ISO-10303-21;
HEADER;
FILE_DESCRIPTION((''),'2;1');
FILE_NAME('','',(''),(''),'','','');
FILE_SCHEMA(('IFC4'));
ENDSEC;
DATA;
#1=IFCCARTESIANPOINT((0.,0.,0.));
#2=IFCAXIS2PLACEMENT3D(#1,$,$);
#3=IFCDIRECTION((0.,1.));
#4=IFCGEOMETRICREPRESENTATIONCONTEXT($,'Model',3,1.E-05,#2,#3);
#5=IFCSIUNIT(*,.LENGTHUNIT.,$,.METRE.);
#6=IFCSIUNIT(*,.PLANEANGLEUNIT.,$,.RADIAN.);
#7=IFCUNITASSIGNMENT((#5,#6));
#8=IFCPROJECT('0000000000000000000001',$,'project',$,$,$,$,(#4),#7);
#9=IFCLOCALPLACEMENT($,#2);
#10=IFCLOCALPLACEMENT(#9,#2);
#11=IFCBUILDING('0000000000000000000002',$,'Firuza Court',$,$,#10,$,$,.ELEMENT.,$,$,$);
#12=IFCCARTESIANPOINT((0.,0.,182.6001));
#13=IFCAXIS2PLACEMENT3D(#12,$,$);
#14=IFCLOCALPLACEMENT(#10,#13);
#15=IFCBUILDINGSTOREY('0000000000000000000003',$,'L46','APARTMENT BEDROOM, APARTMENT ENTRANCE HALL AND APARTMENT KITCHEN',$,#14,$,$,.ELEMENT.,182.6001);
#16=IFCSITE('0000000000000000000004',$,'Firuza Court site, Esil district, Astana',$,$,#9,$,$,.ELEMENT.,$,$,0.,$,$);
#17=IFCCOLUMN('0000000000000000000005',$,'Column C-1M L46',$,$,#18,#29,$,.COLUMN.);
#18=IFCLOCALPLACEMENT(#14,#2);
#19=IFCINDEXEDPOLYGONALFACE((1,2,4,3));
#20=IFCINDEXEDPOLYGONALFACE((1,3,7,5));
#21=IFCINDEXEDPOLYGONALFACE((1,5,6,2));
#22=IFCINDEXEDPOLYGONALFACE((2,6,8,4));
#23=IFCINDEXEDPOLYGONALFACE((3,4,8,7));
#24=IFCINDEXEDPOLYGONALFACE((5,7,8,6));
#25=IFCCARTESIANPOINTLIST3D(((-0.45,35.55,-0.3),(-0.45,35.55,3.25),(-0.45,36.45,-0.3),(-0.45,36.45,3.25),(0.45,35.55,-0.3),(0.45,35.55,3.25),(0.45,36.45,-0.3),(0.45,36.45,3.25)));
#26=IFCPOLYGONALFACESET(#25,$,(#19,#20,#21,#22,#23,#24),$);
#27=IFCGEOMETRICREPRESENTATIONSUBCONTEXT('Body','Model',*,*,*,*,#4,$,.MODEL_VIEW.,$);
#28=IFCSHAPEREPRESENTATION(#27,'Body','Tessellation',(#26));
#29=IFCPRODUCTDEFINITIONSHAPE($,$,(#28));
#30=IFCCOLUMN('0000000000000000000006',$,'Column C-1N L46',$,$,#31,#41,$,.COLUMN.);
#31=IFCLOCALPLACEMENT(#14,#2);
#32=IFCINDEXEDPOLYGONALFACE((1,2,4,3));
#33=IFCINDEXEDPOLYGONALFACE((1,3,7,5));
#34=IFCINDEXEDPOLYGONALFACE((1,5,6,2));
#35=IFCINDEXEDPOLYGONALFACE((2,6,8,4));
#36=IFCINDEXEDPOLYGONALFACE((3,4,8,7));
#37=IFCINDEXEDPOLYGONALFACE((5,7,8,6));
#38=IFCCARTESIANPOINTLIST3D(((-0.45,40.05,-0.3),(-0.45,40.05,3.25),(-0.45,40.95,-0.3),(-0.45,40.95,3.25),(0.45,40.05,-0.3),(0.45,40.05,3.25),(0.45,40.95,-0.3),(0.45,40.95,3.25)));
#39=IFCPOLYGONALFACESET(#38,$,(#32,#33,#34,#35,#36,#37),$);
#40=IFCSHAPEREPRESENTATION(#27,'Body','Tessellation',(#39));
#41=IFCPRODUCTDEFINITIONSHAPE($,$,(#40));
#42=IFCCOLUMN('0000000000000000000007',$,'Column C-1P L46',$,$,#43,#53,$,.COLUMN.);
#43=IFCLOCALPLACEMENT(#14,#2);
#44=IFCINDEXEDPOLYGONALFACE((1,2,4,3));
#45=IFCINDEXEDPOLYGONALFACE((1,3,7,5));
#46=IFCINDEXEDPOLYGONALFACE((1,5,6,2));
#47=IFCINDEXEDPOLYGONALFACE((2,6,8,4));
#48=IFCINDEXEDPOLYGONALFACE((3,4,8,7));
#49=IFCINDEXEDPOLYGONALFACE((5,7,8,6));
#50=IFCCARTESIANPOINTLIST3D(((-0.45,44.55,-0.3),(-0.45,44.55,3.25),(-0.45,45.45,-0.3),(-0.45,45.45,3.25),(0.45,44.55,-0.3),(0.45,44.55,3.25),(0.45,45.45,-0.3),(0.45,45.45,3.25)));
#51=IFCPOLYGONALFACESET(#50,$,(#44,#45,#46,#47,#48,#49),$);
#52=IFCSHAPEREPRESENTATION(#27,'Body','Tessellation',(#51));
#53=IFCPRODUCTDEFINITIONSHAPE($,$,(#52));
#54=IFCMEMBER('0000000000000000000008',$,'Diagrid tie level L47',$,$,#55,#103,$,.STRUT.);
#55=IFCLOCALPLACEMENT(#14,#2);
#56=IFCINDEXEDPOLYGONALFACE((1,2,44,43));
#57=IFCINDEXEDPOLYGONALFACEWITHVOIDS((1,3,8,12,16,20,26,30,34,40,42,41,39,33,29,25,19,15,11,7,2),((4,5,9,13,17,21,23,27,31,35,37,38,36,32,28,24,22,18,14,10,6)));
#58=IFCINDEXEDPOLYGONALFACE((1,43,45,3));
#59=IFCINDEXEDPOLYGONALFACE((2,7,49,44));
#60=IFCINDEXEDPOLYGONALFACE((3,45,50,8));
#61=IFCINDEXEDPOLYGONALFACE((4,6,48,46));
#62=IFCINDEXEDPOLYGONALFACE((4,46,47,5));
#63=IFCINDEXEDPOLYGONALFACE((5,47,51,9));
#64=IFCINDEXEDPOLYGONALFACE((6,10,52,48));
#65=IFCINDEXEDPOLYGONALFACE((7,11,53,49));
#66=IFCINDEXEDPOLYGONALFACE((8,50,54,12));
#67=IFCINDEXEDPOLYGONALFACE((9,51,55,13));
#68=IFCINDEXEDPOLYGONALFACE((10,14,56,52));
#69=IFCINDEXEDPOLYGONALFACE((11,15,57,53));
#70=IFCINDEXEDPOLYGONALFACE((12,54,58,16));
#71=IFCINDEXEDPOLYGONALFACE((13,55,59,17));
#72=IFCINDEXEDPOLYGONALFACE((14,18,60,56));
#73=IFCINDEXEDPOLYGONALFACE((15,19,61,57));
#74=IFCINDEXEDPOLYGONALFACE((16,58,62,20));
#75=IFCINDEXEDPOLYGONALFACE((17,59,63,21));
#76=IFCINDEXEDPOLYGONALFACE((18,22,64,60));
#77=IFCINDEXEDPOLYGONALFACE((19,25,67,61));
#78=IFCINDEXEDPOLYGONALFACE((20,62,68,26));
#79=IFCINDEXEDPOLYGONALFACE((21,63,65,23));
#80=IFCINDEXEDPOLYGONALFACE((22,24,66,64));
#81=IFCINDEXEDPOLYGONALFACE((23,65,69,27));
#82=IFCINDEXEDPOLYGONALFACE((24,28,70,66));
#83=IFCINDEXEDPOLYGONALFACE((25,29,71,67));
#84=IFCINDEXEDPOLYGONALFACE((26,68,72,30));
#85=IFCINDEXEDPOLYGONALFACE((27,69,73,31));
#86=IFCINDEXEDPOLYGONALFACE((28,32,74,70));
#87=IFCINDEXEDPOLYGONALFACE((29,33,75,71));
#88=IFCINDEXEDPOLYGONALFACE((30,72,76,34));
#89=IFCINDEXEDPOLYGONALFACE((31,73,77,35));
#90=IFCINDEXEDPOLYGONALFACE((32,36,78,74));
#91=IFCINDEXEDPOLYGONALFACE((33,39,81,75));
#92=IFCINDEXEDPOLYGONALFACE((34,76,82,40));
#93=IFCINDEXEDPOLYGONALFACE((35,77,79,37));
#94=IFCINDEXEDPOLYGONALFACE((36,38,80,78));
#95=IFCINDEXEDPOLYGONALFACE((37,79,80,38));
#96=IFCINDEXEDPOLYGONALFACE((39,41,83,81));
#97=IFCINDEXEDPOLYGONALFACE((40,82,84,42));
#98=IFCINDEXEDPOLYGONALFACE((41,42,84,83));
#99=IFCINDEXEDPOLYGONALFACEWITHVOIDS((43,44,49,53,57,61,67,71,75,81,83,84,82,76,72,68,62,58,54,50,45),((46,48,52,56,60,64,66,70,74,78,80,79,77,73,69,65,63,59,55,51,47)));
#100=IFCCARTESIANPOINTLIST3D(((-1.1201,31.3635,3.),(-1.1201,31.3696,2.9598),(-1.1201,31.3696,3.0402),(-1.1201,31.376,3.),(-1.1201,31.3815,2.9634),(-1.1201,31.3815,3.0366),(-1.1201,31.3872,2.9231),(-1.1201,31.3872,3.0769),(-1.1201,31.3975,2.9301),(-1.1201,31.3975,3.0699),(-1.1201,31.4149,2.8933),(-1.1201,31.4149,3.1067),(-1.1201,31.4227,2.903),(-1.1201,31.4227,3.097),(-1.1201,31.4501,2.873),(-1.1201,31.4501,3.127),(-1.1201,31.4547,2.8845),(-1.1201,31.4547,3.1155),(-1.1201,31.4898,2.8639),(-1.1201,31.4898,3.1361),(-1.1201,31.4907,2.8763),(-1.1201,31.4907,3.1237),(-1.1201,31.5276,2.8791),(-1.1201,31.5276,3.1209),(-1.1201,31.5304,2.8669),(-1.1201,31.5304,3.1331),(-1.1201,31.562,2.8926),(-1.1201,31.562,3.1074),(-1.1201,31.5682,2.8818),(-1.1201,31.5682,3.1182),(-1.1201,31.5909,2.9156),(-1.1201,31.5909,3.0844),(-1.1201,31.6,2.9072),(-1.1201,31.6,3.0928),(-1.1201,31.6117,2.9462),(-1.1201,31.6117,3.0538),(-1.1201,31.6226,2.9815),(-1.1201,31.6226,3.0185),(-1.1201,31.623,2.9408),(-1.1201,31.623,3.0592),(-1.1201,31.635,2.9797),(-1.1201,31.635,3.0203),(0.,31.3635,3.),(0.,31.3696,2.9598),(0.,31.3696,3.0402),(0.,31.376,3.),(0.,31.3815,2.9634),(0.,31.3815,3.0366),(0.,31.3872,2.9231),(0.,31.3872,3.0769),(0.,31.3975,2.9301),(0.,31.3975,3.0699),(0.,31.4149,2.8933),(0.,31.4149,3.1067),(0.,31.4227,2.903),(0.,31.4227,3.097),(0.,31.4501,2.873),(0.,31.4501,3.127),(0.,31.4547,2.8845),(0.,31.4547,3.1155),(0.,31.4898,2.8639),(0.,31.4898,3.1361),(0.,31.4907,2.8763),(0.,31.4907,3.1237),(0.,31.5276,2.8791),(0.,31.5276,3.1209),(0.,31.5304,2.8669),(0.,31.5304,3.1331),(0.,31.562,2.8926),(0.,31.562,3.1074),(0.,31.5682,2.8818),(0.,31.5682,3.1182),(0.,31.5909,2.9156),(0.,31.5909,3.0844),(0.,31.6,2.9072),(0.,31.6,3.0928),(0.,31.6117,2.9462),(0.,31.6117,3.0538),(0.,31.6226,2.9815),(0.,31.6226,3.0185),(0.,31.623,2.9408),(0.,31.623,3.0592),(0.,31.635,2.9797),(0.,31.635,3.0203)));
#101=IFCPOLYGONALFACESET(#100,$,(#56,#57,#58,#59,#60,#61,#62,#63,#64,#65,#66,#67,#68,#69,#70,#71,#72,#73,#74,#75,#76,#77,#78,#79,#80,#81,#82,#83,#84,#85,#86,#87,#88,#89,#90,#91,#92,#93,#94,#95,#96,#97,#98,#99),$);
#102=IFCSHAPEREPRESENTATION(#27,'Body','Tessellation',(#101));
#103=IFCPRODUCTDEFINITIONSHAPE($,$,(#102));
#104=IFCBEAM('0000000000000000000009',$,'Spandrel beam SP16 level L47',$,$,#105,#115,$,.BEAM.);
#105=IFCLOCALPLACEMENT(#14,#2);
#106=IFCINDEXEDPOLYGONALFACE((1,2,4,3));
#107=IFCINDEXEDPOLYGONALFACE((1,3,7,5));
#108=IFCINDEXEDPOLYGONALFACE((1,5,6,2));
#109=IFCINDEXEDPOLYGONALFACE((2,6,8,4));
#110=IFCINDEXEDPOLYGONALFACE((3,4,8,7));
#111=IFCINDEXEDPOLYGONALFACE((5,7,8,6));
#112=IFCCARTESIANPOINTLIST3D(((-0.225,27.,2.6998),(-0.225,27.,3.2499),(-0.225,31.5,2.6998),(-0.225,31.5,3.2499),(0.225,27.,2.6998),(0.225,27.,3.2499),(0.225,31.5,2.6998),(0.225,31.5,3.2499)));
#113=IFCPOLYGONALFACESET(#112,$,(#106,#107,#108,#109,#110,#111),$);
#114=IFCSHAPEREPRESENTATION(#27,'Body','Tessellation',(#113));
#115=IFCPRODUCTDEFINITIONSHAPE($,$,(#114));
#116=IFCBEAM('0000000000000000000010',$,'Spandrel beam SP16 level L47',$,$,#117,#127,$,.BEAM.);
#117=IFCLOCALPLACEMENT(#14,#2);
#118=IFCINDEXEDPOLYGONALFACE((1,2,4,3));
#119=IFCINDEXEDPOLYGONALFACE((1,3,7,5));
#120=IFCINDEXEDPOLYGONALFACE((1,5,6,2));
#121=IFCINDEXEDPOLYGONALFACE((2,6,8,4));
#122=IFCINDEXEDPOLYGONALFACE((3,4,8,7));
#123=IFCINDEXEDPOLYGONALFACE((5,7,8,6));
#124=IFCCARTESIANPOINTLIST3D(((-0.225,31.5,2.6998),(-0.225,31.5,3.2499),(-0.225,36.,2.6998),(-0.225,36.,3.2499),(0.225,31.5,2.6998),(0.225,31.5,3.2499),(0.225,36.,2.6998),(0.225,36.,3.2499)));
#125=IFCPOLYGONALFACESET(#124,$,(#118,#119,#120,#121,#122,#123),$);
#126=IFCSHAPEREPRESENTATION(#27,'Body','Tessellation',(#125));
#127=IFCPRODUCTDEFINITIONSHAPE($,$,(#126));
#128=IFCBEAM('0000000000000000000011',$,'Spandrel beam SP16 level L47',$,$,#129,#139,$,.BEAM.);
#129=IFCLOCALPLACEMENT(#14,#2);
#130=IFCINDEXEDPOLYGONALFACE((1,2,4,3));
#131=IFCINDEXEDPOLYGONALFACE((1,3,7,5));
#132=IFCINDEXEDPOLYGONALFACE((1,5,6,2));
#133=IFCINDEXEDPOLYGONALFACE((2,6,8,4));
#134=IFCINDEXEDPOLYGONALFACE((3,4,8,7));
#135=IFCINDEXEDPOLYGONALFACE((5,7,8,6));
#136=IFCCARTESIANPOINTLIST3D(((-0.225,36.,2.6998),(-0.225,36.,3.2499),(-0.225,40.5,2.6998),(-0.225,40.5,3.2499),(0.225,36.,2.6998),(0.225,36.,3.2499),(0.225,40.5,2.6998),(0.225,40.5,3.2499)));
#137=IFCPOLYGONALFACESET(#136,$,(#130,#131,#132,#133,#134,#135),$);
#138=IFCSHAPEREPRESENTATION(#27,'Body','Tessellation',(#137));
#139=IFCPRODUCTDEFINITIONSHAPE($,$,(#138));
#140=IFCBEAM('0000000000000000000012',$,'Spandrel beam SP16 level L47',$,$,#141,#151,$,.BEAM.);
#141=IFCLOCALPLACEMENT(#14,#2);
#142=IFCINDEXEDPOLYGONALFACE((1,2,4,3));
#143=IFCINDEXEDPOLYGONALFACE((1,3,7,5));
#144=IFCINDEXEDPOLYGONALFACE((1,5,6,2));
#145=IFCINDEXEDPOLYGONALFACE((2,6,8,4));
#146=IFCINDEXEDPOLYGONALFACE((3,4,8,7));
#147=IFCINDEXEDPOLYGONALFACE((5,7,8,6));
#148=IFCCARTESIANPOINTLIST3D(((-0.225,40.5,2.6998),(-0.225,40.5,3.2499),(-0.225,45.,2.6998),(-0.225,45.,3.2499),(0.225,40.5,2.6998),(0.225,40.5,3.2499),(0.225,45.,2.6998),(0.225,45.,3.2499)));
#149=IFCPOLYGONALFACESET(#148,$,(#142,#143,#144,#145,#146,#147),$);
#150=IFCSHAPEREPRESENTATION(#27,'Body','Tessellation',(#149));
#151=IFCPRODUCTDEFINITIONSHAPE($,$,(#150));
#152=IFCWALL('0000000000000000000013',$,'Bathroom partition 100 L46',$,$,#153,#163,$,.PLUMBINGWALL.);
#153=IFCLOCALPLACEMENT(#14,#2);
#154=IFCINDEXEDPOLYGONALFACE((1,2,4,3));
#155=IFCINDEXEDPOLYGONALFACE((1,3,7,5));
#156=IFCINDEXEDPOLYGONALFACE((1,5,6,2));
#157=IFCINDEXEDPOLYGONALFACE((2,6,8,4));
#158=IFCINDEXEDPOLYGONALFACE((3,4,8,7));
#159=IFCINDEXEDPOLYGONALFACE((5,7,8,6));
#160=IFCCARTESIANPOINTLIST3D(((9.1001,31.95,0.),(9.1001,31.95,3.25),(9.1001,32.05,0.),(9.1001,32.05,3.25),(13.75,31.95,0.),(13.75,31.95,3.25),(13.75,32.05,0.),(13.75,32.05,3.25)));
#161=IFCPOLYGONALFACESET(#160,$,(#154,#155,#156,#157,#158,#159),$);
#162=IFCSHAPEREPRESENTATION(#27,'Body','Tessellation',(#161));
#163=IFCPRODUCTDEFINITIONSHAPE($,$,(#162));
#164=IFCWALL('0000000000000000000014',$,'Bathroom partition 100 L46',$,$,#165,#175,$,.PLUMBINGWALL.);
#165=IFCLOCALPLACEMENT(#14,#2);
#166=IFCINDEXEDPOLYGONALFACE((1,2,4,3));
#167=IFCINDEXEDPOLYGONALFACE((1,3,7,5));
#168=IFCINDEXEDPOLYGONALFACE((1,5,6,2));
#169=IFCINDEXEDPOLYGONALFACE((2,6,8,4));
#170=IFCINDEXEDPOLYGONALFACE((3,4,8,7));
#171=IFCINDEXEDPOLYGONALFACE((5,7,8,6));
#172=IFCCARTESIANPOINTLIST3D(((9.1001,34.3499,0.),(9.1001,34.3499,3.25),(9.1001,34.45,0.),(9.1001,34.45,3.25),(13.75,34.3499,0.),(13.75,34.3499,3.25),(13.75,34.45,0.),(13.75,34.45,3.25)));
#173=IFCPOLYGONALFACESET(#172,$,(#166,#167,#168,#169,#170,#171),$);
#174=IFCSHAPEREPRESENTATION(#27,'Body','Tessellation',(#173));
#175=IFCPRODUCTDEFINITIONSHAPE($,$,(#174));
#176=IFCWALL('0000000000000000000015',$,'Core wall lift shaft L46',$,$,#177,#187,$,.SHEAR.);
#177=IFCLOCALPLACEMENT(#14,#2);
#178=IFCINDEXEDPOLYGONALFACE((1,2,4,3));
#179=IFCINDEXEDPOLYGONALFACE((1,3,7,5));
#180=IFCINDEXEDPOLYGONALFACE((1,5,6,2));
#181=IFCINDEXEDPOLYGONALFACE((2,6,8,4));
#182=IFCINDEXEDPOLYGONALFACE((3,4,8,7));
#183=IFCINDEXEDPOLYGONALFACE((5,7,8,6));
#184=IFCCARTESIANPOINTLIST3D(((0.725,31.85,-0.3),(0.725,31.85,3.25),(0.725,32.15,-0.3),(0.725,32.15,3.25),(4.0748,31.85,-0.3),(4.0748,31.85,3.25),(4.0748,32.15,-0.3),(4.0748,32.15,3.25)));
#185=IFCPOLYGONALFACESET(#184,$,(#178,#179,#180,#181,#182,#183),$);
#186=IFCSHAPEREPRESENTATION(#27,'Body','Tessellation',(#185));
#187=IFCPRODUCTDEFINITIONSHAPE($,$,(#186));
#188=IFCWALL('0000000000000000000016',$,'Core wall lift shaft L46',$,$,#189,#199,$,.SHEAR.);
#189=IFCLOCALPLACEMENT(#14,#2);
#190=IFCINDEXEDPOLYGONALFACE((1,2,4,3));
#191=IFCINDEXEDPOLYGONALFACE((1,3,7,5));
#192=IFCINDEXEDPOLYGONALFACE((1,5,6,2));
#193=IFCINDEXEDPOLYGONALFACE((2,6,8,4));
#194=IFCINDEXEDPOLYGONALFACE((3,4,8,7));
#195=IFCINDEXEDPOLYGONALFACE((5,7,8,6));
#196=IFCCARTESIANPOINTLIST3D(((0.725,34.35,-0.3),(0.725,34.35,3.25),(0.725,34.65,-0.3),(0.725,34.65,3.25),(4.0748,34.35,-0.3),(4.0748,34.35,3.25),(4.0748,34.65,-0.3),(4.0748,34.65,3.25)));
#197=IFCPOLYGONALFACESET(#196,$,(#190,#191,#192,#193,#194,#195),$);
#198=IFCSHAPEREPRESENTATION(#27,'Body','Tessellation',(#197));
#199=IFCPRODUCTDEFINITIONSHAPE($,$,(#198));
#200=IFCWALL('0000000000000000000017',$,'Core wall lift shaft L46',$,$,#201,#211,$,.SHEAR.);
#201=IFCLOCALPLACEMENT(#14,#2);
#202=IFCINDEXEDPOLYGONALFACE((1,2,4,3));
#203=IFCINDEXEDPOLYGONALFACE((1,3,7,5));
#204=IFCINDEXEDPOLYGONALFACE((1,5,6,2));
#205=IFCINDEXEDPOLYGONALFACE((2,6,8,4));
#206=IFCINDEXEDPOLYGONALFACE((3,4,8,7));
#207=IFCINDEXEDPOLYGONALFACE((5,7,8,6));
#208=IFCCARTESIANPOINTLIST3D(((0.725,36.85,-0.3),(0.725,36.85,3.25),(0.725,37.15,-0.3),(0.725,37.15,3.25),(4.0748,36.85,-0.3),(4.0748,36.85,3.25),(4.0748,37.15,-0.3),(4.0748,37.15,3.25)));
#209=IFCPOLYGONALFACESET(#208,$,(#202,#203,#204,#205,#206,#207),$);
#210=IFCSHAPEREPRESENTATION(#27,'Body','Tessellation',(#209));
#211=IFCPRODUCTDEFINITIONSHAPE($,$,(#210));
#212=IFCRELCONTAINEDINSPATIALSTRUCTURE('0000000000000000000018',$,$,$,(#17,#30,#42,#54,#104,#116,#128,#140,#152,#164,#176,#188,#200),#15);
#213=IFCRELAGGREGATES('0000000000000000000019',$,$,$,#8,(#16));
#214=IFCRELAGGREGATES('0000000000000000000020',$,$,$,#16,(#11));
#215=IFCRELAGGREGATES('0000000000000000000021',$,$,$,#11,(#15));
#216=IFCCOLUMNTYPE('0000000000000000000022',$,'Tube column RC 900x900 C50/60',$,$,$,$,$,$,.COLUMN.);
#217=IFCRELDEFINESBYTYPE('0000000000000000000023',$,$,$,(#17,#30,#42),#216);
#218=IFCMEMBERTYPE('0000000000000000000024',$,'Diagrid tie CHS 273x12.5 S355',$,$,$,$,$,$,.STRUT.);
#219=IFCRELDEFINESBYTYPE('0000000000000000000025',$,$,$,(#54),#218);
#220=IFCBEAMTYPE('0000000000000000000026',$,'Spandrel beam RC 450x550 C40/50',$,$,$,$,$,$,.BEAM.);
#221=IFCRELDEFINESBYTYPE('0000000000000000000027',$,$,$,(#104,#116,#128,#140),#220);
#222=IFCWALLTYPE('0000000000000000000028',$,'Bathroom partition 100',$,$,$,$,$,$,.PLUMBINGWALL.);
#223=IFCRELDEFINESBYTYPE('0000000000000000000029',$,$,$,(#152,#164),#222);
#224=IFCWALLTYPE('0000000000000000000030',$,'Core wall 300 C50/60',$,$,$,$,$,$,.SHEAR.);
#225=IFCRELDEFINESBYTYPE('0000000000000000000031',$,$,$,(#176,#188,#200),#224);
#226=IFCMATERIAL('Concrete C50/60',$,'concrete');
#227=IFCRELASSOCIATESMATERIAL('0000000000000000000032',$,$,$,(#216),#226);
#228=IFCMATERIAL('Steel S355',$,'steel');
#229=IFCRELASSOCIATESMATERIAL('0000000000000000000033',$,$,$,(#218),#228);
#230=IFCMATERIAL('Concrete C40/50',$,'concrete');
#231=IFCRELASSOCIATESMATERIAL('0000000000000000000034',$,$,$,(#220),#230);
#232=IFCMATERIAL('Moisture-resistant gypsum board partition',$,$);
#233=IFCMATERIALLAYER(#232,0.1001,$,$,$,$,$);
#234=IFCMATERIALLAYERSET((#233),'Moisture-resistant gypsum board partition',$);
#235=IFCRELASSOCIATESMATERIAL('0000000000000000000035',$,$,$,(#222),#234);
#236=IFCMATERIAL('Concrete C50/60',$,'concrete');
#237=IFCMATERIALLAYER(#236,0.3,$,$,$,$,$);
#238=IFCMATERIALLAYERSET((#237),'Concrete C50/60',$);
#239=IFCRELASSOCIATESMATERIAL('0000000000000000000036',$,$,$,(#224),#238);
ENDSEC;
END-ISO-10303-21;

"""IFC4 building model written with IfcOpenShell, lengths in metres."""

from ifc_helpers import new_model, si_unit, direction, frame, frame_2d, origin, origin_2d, place, context, subcontext, project, spatial, rectangle, hollow_circle, extrude, material, layer, layer_set, material_profile, profile_set, type_object, element, save


model = new_model("IFC4")

# Units and contexts
model_context = context("Model", 3, precision=1e-05, world=origin(), true_north=direction((0.0, 1.0)))
body_context = subcontext(model_context, "Body", "Model", "MODEL_VIEW")
ifc_project = project(units=[si_unit("LENGTHUNIT", "METRE"), si_unit("PLANEANGLEUNIT", "RADIAN")], contexts=[model_context])

# Site, building, storey
site_placement = place(None, origin())
site = spatial("IfcSite", under=ifc_project, at=site_placement, Name="Firuza Court site, Esil district, Astana", CompositionType="ELEMENT", RefElevation=0.0)
building_placement = place(site_placement, origin())
building = spatial("IfcBuilding", under=site, at=building_placement, Name="Firuza Court", CompositionType="ELEMENT")
storey_placement = place(building_placement, frame((0.0, 0.0, 182.6001)))
storey = spatial("IfcBuildingStorey", under=building, at=storey_placement, Name="L46", Description="APARTMENT BEDROOM, APARTMENT ENTRANCE HALL AND APARTMENT KITCHEN", CompositionType="ELEMENT", Elevation=182.6001)

# Columns
ifc_material_1 = material(Name="Concrete C50/60", Category="concrete")
ifc_material_profile_1 = material_profile(ifc_material_1, rectangle(XDim=0.8999, YDim=0.8999, at=origin_2d()), Name="RC 900x900")
ifc_profile_set_1 = profile_set([ifc_material_profile_1], Name="Concrete C50/60")
column_type = type_object("IfcColumnType", Name="Tube column RC 900x900 C50/60", PredefinedType="COLUMN", material=ifc_profile_set_1)
for number, where, z_axis, x_axis, name in (
    (1, (0.0, 36.0, -0.3), (0.0, 0.0, 1.0), (1.0, 0.0, 0.0), "Column C-1M L46"),
    (2, (0.0, 40.5, -0.3), (0.0, 0.0, 1.0), (1.0, 0.0, 0.0), "Column C-1N L46"),
    (3, (0.0, 45.0, -0.3), (0.0, 0.0, 1.0), (1.0, 0.0, 0.0), "Column C-1P L46"),
):
    element("IfcColumn", number, at=place(storey_placement, frame(where, z_axis=z_axis, x_axis=x_axis)), inside=storey, type_object=column_type, Name=name, PredefinedType="COLUMN", context=body_context, shape_type="SweptSolid", body=[
        extrude(rectangle(XDim=0.8999, YDim=0.8999, at=origin_2d()), origin(), (0.0, 0.0, 1.0), 3.55),
    ])

# Member
ifc_material_2 = material(Name="Steel S355", Category="steel")
ifc_material_profile_2 = material_profile(ifc_material_2, hollow_circle(Radius=0.1365, WallThickness=0.0125, at=origin_2d()), Name="CHS 273x12.5")
ifc_profile_set_2 = profile_set([ifc_material_profile_2], Name="Steel S355")
member_type = type_object("IfcMemberType", Name="Diagrid tie CHS 273x12.5 S355", PredefinedType="STRUT", material=ifc_profile_set_2)
member_placement = place(storey_placement, frame((0.0, 31.5, 3.0), z_axis=(-1.0, 0.0, 0.0), x_axis=(0.0, -1.0, 0.0)))
element("IfcMember", 4, at=member_placement, inside=storey, type_object=member_type, Name="Diagrid tie level L47", PredefinedType="STRUT", context=body_context, shape_type="SweptSolid", body=[
    extrude(hollow_circle(Radius=0.1365, WallThickness=0.0125, at=origin_2d()), origin(), (0.0, 0.0, 1.0), 1.1201),
])

# Beams
ifc_material_3 = material(Name="Concrete C40/50", Category="concrete")
ifc_material_profile_3 = material_profile(ifc_material_3, rectangle(XDim=0.45, YDim=0.55, at=origin_2d()), Name="RC 450x550")
ifc_profile_set_3 = profile_set([ifc_material_profile_3], Name="Concrete C40/50")
beam_type = type_object("IfcBeamType", Name="Spandrel beam RC 450x550 C40/50", PredefinedType="BEAM", material=ifc_profile_set_3)
for number, where, z_axis, x_axis, name in (
    (5, (0.0, 31.5, 2.9749), (0.0, -1.0, 0.0), (1.0, 0.0, 0.0), "Spandrel beam SP16 level L47"),
    (6, (0.0, 36.0, 2.9749), (0.0, -1.0, 0.0), (1.0, 0.0, 0.0), "Spandrel beam SP16 level L47"),
    (7, (0.0, 40.5, 2.9749), (0.0, -1.0, 0.0), (1.0, 0.0, 0.0), "Spandrel beam SP16 level L47"),
    (8, (0.0, 45.0, 2.9749), (0.0, -1.0, 0.0), (1.0, 0.0, 0.0), "Spandrel beam SP16 level L47"),
):
    element("IfcBeam", number, at=place(storey_placement, frame(where, z_axis=z_axis, x_axis=x_axis)), inside=storey, type_object=beam_type, Name=name, PredefinedType="BEAM", context=body_context, shape_type="SweptSolid", body=[
        extrude(rectangle(XDim=0.45, YDim=0.55, at=origin_2d()), origin(), (0.0, 0.0, 1.0), 4.5),
    ])

# Walls
ifc_material_4 = material(Name="Moisture-resistant gypsum board partition")
ifc_layer_1 = layer(ifc_material_4, 0.1001)
ifc_layer_set_1 = layer_set([ifc_layer_1], Name="Moisture-resistant gypsum board partition")
wall_type_1 = type_object("IfcWallType", Name="Bathroom partition 100", PredefinedType="PLUMBINGWALL", material=ifc_layer_set_1)
for number, where, z_axis, x_axis, name in (
    (9, (9.1001, 32.0, 0.0), (0.0, 0.0, 1.0), (1.0, 0.0, 0.0), "Bathroom partition 100 L46"),
    (10, (9.1001, 34.3999, 0.0), (0.0, 0.0, 1.0), (1.0, 0.0, 0.0), "Bathroom partition 100 L46"),
):
    element("IfcWall", number, at=place(storey_placement, frame(where, z_axis=z_axis, x_axis=x_axis)), inside=storey, type_object=wall_type_1, Name=name, PredefinedType="PLUMBINGWALL", context=body_context, shape_type="SweptSolid", body=[
        extrude(rectangle(XDim=4.6499, YDim=0.1001, at=frame_2d((2.325, 0.0))), origin(), (0.0, 0.0, 1.0), 3.25),
    ])
ifc_material_5 = material(Name="Concrete C50/60", Category="concrete")
ifc_layer_2 = layer(ifc_material_5, 0.3)
ifc_layer_set_2 = layer_set([ifc_layer_2], Name="Concrete C50/60")
wall_type_2 = type_object("IfcWallType", Name="Core wall 300 C50/60", PredefinedType="SHEAR", material=ifc_layer_set_2)
for number, where, z_axis, x_axis, name in (
    (11, (0.7251, 32.0, -0.3), (0.0, 0.0, 1.0), (1.0, 0.0, 0.0), "Core wall lift shaft L46"),
    (12, (0.7251, 34.5, -0.3), (0.0, 0.0, 1.0), (1.0, 0.0, 0.0), "Core wall lift shaft L46"),
    (13, (0.7251, 37.0, -0.3), (0.0, 0.0, 1.0), (1.0, 0.0, 0.0), "Core wall lift shaft L46"),
):
    element("IfcWall", number, at=place(storey_placement, frame(where, z_axis=z_axis, x_axis=x_axis)), inside=storey, type_object=wall_type_2, Name=name, PredefinedType="SHEAR", context=body_context, shape_type="SweptSolid", body=[
        extrude(rectangle(XDim=3.3499, YDim=0.3, at=frame_2d((1.6748, 0.0))), origin(), (0.0, 0.0, 1.0), 3.55),
    ])

save(model, "model.ifc")
